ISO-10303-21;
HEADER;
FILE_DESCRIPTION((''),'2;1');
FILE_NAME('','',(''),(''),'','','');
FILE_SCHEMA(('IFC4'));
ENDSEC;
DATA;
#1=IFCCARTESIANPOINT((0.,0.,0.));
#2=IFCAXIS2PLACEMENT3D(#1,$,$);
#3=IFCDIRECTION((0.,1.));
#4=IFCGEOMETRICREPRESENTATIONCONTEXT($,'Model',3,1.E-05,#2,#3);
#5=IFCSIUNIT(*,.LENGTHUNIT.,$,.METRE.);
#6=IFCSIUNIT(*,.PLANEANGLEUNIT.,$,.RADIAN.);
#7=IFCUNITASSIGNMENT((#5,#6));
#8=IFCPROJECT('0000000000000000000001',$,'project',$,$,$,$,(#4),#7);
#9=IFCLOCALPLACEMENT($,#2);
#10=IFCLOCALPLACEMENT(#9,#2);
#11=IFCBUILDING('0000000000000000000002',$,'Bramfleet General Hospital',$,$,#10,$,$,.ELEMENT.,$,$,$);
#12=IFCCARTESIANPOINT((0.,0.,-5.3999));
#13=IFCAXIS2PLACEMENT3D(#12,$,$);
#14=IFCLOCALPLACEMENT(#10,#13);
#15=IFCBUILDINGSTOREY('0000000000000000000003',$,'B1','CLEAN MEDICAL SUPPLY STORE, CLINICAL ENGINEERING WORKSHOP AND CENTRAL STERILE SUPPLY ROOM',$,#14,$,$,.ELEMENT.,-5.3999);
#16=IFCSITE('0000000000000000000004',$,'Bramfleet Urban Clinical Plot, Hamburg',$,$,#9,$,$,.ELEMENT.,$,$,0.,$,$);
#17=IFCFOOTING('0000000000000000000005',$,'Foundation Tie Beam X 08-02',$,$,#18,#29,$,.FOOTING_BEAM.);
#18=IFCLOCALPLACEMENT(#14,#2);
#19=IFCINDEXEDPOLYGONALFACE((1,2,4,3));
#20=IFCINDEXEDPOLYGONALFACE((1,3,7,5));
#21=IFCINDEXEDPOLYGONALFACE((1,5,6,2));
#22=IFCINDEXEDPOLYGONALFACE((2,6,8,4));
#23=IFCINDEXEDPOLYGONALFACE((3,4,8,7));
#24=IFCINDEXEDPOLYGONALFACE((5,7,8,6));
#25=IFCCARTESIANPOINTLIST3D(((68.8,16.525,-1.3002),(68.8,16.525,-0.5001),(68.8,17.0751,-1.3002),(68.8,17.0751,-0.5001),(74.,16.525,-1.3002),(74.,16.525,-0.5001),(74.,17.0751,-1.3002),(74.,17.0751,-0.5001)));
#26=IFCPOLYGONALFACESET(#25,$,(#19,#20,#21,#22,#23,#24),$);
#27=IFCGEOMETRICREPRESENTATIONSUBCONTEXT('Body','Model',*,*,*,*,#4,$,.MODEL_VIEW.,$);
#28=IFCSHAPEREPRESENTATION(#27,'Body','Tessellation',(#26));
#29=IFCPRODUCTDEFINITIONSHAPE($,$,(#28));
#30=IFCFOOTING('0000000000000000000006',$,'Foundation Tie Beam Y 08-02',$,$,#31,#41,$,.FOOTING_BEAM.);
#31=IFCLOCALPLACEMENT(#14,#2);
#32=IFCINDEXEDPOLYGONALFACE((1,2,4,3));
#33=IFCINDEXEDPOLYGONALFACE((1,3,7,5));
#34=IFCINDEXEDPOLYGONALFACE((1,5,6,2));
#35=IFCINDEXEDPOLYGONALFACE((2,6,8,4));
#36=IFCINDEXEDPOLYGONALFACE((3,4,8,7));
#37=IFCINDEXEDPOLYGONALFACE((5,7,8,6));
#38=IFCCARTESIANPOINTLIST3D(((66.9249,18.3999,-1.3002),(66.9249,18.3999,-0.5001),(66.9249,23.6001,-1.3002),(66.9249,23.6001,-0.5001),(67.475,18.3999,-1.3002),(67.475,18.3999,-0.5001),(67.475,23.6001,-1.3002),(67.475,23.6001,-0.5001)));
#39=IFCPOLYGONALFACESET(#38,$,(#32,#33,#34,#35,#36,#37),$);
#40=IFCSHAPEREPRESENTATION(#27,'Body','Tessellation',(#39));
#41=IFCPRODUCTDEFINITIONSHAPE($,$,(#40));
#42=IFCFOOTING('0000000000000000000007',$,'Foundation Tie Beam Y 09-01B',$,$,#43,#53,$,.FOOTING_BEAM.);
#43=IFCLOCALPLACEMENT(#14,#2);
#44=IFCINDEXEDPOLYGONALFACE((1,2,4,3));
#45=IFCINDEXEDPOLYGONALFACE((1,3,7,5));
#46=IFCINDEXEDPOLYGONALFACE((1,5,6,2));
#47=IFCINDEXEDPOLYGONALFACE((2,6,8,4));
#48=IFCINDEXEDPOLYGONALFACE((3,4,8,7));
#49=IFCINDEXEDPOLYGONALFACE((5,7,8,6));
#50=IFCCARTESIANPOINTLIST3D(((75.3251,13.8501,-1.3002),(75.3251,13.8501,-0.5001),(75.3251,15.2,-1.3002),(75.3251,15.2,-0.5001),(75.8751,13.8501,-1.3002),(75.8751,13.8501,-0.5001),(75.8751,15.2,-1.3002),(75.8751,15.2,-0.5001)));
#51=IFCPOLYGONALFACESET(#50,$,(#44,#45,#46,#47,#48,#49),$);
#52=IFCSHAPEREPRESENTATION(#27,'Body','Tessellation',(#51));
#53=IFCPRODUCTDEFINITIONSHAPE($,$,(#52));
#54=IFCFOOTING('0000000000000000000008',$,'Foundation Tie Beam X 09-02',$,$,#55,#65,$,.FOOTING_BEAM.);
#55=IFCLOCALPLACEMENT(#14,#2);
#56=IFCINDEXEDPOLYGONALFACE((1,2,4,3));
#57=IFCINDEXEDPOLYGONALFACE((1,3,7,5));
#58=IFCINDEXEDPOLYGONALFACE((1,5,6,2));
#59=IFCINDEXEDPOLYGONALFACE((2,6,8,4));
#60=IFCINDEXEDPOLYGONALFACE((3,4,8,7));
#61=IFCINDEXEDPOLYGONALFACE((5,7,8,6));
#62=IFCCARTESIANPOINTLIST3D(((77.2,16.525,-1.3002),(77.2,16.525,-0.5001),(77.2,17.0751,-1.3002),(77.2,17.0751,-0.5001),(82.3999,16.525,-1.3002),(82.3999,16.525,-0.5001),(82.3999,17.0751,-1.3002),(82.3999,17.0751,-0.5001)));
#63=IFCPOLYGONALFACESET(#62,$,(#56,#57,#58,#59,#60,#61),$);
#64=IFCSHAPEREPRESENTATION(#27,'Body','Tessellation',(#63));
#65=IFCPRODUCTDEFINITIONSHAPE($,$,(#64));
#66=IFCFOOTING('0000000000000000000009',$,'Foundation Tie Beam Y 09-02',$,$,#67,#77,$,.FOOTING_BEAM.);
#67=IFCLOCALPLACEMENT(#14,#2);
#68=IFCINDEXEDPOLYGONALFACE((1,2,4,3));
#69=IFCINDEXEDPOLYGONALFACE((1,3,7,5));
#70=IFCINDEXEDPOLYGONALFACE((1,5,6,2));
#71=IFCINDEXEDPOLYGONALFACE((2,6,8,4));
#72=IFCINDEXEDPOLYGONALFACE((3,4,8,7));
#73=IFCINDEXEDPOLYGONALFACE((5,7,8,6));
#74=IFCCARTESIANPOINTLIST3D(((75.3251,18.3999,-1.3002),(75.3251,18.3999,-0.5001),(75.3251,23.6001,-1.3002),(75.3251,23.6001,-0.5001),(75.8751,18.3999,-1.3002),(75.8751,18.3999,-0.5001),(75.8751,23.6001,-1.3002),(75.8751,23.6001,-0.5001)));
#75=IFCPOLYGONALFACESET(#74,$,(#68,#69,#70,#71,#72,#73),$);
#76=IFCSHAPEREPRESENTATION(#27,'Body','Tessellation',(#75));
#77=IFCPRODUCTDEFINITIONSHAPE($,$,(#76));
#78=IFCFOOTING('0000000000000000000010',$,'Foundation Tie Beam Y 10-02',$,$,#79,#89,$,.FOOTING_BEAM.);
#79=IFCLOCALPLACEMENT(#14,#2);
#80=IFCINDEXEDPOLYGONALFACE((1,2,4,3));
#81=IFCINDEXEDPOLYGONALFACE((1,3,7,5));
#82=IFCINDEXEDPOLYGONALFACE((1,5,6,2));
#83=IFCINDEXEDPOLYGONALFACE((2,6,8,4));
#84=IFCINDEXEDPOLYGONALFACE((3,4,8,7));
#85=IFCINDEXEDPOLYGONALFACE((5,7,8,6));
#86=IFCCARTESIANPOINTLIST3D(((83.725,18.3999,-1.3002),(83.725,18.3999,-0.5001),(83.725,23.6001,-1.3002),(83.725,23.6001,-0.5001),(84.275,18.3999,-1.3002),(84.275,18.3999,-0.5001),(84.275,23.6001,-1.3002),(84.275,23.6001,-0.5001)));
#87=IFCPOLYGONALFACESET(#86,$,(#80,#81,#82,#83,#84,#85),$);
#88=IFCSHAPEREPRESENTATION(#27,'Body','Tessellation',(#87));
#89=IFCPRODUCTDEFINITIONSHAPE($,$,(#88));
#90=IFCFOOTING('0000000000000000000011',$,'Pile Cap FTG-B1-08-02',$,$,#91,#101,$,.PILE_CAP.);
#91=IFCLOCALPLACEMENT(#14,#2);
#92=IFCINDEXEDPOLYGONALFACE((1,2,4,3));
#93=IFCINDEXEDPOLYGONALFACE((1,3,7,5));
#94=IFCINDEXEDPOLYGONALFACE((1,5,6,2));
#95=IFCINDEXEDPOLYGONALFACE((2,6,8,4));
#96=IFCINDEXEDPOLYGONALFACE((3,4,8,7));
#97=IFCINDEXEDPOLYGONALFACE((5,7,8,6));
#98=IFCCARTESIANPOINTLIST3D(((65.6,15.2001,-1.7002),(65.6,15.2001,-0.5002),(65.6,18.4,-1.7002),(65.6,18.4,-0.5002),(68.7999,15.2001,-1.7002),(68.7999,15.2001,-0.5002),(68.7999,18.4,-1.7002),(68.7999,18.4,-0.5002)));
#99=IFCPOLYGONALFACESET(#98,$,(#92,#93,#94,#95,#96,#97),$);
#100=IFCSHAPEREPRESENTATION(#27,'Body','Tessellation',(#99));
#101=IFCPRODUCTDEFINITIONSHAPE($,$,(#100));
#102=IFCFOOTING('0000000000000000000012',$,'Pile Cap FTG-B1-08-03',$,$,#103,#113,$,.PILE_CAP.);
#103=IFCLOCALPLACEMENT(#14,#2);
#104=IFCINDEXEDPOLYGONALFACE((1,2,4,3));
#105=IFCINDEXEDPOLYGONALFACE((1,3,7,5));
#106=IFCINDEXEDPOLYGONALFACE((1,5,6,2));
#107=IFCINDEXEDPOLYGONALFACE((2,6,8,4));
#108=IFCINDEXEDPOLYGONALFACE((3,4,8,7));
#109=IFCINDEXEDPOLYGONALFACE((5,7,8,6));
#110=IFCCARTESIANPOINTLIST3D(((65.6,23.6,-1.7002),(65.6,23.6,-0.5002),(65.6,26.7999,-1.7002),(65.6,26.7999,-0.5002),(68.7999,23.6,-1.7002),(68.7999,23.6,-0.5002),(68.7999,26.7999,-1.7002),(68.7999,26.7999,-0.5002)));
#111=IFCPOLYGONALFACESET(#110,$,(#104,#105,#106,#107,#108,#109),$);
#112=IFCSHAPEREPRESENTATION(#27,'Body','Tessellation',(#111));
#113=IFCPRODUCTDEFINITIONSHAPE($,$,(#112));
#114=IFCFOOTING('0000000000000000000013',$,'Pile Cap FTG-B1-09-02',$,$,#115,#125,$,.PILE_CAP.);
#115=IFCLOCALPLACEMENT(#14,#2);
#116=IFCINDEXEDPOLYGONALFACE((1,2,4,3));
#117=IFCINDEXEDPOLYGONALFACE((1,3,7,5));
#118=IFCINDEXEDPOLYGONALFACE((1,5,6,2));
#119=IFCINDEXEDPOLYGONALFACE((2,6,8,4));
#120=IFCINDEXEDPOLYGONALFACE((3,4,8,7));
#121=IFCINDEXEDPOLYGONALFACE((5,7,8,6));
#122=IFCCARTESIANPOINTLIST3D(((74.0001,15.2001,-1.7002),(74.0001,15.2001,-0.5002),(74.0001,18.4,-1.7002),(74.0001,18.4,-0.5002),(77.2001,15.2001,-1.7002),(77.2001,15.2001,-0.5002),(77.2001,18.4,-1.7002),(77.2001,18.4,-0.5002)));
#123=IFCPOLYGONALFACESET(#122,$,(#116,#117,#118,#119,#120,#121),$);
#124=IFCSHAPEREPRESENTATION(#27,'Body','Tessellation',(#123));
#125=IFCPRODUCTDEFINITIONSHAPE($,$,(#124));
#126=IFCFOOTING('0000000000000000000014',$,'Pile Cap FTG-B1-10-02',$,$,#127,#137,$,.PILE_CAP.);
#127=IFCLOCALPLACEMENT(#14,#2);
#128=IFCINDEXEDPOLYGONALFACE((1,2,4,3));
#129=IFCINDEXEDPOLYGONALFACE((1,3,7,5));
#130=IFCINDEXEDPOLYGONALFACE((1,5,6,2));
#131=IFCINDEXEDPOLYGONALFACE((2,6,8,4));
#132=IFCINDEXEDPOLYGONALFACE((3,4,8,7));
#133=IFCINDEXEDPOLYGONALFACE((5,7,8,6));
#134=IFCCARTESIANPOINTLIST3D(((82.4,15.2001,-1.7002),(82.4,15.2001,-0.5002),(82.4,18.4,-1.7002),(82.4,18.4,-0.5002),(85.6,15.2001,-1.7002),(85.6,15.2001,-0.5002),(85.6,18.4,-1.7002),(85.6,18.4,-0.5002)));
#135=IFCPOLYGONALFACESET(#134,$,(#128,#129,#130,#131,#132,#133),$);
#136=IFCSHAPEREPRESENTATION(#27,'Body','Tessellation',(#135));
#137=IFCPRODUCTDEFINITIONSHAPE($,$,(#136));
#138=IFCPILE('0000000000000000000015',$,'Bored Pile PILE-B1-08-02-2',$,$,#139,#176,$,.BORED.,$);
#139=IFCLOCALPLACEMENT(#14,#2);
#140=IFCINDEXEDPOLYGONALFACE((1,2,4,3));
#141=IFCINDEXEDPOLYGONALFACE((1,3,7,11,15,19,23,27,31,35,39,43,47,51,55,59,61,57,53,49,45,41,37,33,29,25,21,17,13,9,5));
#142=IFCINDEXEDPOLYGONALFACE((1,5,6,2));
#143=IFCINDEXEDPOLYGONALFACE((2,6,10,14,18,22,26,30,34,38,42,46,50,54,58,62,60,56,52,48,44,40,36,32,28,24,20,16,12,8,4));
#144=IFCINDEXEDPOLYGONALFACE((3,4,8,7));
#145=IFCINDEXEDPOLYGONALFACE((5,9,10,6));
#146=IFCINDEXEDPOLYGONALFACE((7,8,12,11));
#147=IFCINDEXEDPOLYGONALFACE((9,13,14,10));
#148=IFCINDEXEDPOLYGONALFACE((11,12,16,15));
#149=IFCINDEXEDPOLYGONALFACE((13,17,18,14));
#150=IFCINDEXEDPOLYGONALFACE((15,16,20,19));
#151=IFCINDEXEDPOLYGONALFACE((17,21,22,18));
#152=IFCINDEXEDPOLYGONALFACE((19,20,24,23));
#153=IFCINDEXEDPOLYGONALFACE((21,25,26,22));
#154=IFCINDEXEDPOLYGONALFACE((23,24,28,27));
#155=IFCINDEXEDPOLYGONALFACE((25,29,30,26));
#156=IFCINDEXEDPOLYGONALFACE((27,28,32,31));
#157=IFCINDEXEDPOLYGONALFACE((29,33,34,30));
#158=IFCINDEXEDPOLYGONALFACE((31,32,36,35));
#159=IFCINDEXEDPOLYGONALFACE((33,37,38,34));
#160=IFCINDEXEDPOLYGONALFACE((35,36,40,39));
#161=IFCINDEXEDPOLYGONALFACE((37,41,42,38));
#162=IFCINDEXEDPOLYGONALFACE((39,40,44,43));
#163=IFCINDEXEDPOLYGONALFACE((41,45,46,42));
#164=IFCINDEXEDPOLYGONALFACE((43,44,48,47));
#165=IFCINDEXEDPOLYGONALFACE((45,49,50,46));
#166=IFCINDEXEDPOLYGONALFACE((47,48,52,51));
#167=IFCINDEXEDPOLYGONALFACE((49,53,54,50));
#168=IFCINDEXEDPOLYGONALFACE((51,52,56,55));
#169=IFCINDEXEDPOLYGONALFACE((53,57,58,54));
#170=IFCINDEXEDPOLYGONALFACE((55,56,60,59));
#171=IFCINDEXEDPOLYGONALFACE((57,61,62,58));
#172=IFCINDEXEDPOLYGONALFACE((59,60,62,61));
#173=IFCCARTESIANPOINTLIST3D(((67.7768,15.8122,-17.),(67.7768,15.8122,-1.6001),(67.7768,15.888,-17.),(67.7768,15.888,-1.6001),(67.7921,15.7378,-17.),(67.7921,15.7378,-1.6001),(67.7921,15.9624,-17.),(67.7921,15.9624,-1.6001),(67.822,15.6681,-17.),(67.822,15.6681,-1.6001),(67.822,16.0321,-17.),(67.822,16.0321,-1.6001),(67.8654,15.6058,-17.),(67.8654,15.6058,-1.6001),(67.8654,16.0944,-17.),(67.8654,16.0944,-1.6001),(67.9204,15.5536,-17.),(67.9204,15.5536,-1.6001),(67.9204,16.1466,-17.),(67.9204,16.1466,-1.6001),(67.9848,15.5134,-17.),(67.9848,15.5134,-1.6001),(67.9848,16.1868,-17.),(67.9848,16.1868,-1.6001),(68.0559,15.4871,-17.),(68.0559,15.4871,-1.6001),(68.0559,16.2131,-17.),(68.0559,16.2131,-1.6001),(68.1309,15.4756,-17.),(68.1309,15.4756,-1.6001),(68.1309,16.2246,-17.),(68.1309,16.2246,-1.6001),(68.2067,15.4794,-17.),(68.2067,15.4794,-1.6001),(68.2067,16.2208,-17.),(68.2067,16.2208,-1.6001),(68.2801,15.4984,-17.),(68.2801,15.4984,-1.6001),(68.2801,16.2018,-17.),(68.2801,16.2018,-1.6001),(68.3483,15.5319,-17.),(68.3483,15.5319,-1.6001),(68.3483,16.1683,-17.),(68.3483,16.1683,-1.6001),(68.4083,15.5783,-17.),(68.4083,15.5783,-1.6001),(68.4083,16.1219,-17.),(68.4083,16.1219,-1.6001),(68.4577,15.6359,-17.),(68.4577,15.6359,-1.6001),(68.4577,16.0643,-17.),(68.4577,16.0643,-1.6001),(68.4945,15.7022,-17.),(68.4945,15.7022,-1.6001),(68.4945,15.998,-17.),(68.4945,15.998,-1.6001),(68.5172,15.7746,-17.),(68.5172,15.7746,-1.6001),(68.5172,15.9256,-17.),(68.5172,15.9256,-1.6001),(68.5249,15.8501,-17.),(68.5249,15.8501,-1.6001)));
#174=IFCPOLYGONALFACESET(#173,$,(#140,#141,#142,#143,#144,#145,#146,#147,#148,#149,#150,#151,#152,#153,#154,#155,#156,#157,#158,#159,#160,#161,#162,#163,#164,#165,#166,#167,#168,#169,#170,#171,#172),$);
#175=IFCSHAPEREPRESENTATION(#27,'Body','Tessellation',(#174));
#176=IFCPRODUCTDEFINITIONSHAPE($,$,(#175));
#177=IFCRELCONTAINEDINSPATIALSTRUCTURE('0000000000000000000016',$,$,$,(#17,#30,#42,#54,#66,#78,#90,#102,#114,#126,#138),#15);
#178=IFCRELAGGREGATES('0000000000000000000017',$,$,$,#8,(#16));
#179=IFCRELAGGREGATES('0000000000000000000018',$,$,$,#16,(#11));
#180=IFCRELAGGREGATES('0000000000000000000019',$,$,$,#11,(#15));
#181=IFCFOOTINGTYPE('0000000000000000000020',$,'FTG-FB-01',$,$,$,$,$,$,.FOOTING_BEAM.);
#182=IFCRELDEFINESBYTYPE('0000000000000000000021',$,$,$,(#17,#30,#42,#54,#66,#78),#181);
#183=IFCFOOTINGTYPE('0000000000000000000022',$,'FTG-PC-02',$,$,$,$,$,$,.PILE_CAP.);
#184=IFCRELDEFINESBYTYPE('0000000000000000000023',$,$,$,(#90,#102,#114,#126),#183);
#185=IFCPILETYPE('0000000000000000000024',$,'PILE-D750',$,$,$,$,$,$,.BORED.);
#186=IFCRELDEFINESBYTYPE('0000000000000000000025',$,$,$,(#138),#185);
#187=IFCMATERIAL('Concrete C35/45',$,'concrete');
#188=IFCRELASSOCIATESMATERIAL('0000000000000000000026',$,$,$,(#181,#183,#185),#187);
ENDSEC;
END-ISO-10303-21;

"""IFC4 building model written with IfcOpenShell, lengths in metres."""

from ifc_helpers import new_model, si_unit, direction, frame, origin, origin_2d, place, context, subcontext, project, spatial, rectangle, circle, extrude, material, material_profile, profile_set, type_object, element, save


model = new_model("IFC4")

# Units and contexts
model_context = context("Model", 3, precision=1e-05, world=origin(), true_north=direction((0.0, 1.0)))
body_context = subcontext(model_context, "Body", "Model", "MODEL_VIEW")
ifc_project = project(units=[si_unit("LENGTHUNIT", "METRE"), si_unit("PLANEANGLEUNIT", "RADIAN")], contexts=[model_context])

# Site, building, storey
site_placement = place(None, origin())
site = spatial("IfcSite", under=ifc_project, at=site_placement, Name="Bramfleet Urban Clinical Plot, Hamburg", CompositionType="ELEMENT", RefElevation=0.0)
building_placement = place(site_placement, origin())
building = spatial("IfcBuilding", under=site, at=building_placement, Name="Bramfleet General Hospital", CompositionType="ELEMENT")
storey_placement = place(building_placement, frame((0.0, 0.0, -5.3999)))
storey = spatial("IfcBuildingStorey", under=building, at=storey_placement, Name="B1", Description="CLEAN MEDICAL SUPPLY STORE, CLINICAL ENGINEERING WORKSHOP AND CENTRAL STERILE SUPPLY ROOM", CompositionType="ELEMENT", Elevation=-5.3999)

# Footings
ifc_material_1 = material(Name="Concrete C35/45", Category="concrete")
ifc_material_profile_1 = material_profile(ifc_material_1, rectangle(XDim=0.55, YDim=0.8, at=origin_2d()), Name="RC FB 800x550")
ifc_profile_set_1 = profile_set([ifc_material_profile_1], Name="Concrete C35/45")
footing_type_1 = type_object("IfcFootingType", Name="FTG-FB-01", PredefinedType="FOOTING_BEAM", material=ifc_profile_set_1)
footing_1_placement = place(storey_placement, frame((68.8, 16.8, -0.9001), z_axis=(1.0, 0.0, 0.0), x_axis=(0.0, 1.0, 0.0)))
element("IfcFooting", 1, at=footing_1_placement, inside=storey, type_object=footing_type_1, Name="Foundation Tie Beam X 08-02", PredefinedType="FOOTING_BEAM", context=body_context, shape_type="SweptSolid", body=[
    extrude(rectangle(XDim=0.55, YDim=0.8, at=origin_2d()), origin(), (0.0, 0.0, 1.0), 5.2),
])
footing_2_placement = place(storey_placement, frame((67.2, 18.3999, -0.9001), z_axis=(0.0, 1.0, 0.0), x_axis=(-1.0, 0.0, 0.0)))
element("IfcFooting", 2, at=footing_2_placement, inside=storey, type_object=footing_type_1, Name="Foundation Tie Beam Y 08-02", PredefinedType="FOOTING_BEAM", context=body_context, shape_type="SweptSolid", body=[
    extrude(rectangle(XDim=0.55, YDim=0.8, at=origin_2d()), origin(), (0.0, 0.0, 1.0), 5.2002),
])
footing_3_placement = place(storey_placement, frame((75.6001, 13.8501, -0.9001), z_axis=(0.0, 1.0, 0.0), x_axis=(-1.0, 0.0, 0.0)))
element("IfcFooting", 3, at=footing_3_placement, inside=storey, type_object=footing_type_1, Name="Foundation Tie Beam Y 09-01B", PredefinedType="FOOTING_BEAM", context=body_context, shape_type="SweptSolid", body=[
    extrude(rectangle(XDim=0.55, YDim=0.8, at=origin_2d()), origin(), (0.0, 0.0, 1.0), 1.3499),
])
footing_4_placement = place(storey_placement, frame((77.2, 16.8, -0.9001), z_axis=(1.0, 0.0, 0.0), x_axis=(0.0, 1.0, 0.0)))
element("IfcFooting", 4, at=footing_4_placement, inside=storey, type_object=footing_type_1, Name="Foundation Tie Beam X 09-02", PredefinedType="FOOTING_BEAM", context=body_context, shape_type="SweptSolid", body=[
    extrude(rectangle(XDim=0.55, YDim=0.8, at=origin_2d()), origin(), (0.0, 0.0, 1.0), 5.2),
])
for number, where, z_axis, x_axis, name in (
    (5, (75.6001, 18.3999, -0.9001), (0.0, 1.0, 0.0), (-1.0, 0.0, 0.0), "Foundation Tie Beam Y 09-02"),
    (6, (84.0, 18.3999, -0.9001), (0.0, 1.0, 0.0), (-1.0, 0.0, 0.0), "Foundation Tie Beam Y 10-02"),
):
    element("IfcFooting", number, at=place(storey_placement, frame(where, z_axis=z_axis, x_axis=x_axis)), inside=storey, type_object=footing_type_1, Name=name, PredefinedType="FOOTING_BEAM", context=body_context, shape_type="SweptSolid", body=[
        extrude(rectangle(XDim=0.55, YDim=0.8, at=origin_2d()), origin(), (0.0, 0.0, 1.0), 5.2002),
    ])
footing_type_2 = type_object("IfcFootingType", Name="FTG-PC-02", PredefinedType="PILE_CAP", material=ifc_material_1)
for number, where, z_axis, x_axis, name in (
    (7, (67.2, 16.8, -1.7002), (0.0, 0.0, 1.0), (1.0, 0.0, 0.0), "Pile Cap FTG-B1-08-02"),
    (8, (67.2, 25.2, -1.7002), (0.0, 0.0, 1.0), (1.0, 0.0, 0.0), "Pile Cap FTG-B1-08-03"),
    (9, (75.6001, 16.8, -1.7002), (0.0, 0.0, 1.0), (1.0, 0.0, 0.0), "Pile Cap FTG-B1-09-02"),
    (10, (84.0, 16.8, -1.7002), (0.0, 0.0, 1.0), (1.0, 0.0, 0.0), "Pile Cap FTG-B1-10-02"),
):
    element("IfcFooting", number, at=place(storey_placement, frame(where, z_axis=z_axis, x_axis=x_axis)), inside=storey, type_object=footing_type_2, Name=name, PredefinedType="PILE_CAP", context=body_context, shape_type="SweptSolid", body=[
        extrude(rectangle(XDim=3.2, YDim=3.2, at=origin_2d()), origin(), (0.0, 0.0, 1.0), 1.2),
    ])

# Pile
ifc_material_profile_2 = material_profile(ifc_material_1, circle(Radius=0.375, at=origin_2d()), Name="PILE BORED D750")
ifc_profile_set_2 = profile_set([ifc_material_profile_2], Name="Concrete C35/45")
pile_type = type_object("IfcPileType", Name="PILE-D750", PredefinedType="BORED", material=ifc_profile_set_2)
for number, where, z_axis, x_axis, name in (
    (11, (68.1499, 15.8501, -1.6001), (0.0, 0.0, -1.0), (1.0, 0.0, 0.0), "Bored Pile PILE-B1-08-02-2"),
):
    element("IfcPile", number, at=place(storey_placement, frame(where, z_axis=z_axis, x_axis=x_axis)), inside=storey, type_object=pile_type, Name=name, PredefinedType="BORED", context=body_context, shape_type="SweptSolid", body=[
        extrude(circle(Radius=0.375, at=origin_2d()), origin(), (0.0, 0.0, 1.0), 15.3999),
    ])

save(model, "model.ifc")
